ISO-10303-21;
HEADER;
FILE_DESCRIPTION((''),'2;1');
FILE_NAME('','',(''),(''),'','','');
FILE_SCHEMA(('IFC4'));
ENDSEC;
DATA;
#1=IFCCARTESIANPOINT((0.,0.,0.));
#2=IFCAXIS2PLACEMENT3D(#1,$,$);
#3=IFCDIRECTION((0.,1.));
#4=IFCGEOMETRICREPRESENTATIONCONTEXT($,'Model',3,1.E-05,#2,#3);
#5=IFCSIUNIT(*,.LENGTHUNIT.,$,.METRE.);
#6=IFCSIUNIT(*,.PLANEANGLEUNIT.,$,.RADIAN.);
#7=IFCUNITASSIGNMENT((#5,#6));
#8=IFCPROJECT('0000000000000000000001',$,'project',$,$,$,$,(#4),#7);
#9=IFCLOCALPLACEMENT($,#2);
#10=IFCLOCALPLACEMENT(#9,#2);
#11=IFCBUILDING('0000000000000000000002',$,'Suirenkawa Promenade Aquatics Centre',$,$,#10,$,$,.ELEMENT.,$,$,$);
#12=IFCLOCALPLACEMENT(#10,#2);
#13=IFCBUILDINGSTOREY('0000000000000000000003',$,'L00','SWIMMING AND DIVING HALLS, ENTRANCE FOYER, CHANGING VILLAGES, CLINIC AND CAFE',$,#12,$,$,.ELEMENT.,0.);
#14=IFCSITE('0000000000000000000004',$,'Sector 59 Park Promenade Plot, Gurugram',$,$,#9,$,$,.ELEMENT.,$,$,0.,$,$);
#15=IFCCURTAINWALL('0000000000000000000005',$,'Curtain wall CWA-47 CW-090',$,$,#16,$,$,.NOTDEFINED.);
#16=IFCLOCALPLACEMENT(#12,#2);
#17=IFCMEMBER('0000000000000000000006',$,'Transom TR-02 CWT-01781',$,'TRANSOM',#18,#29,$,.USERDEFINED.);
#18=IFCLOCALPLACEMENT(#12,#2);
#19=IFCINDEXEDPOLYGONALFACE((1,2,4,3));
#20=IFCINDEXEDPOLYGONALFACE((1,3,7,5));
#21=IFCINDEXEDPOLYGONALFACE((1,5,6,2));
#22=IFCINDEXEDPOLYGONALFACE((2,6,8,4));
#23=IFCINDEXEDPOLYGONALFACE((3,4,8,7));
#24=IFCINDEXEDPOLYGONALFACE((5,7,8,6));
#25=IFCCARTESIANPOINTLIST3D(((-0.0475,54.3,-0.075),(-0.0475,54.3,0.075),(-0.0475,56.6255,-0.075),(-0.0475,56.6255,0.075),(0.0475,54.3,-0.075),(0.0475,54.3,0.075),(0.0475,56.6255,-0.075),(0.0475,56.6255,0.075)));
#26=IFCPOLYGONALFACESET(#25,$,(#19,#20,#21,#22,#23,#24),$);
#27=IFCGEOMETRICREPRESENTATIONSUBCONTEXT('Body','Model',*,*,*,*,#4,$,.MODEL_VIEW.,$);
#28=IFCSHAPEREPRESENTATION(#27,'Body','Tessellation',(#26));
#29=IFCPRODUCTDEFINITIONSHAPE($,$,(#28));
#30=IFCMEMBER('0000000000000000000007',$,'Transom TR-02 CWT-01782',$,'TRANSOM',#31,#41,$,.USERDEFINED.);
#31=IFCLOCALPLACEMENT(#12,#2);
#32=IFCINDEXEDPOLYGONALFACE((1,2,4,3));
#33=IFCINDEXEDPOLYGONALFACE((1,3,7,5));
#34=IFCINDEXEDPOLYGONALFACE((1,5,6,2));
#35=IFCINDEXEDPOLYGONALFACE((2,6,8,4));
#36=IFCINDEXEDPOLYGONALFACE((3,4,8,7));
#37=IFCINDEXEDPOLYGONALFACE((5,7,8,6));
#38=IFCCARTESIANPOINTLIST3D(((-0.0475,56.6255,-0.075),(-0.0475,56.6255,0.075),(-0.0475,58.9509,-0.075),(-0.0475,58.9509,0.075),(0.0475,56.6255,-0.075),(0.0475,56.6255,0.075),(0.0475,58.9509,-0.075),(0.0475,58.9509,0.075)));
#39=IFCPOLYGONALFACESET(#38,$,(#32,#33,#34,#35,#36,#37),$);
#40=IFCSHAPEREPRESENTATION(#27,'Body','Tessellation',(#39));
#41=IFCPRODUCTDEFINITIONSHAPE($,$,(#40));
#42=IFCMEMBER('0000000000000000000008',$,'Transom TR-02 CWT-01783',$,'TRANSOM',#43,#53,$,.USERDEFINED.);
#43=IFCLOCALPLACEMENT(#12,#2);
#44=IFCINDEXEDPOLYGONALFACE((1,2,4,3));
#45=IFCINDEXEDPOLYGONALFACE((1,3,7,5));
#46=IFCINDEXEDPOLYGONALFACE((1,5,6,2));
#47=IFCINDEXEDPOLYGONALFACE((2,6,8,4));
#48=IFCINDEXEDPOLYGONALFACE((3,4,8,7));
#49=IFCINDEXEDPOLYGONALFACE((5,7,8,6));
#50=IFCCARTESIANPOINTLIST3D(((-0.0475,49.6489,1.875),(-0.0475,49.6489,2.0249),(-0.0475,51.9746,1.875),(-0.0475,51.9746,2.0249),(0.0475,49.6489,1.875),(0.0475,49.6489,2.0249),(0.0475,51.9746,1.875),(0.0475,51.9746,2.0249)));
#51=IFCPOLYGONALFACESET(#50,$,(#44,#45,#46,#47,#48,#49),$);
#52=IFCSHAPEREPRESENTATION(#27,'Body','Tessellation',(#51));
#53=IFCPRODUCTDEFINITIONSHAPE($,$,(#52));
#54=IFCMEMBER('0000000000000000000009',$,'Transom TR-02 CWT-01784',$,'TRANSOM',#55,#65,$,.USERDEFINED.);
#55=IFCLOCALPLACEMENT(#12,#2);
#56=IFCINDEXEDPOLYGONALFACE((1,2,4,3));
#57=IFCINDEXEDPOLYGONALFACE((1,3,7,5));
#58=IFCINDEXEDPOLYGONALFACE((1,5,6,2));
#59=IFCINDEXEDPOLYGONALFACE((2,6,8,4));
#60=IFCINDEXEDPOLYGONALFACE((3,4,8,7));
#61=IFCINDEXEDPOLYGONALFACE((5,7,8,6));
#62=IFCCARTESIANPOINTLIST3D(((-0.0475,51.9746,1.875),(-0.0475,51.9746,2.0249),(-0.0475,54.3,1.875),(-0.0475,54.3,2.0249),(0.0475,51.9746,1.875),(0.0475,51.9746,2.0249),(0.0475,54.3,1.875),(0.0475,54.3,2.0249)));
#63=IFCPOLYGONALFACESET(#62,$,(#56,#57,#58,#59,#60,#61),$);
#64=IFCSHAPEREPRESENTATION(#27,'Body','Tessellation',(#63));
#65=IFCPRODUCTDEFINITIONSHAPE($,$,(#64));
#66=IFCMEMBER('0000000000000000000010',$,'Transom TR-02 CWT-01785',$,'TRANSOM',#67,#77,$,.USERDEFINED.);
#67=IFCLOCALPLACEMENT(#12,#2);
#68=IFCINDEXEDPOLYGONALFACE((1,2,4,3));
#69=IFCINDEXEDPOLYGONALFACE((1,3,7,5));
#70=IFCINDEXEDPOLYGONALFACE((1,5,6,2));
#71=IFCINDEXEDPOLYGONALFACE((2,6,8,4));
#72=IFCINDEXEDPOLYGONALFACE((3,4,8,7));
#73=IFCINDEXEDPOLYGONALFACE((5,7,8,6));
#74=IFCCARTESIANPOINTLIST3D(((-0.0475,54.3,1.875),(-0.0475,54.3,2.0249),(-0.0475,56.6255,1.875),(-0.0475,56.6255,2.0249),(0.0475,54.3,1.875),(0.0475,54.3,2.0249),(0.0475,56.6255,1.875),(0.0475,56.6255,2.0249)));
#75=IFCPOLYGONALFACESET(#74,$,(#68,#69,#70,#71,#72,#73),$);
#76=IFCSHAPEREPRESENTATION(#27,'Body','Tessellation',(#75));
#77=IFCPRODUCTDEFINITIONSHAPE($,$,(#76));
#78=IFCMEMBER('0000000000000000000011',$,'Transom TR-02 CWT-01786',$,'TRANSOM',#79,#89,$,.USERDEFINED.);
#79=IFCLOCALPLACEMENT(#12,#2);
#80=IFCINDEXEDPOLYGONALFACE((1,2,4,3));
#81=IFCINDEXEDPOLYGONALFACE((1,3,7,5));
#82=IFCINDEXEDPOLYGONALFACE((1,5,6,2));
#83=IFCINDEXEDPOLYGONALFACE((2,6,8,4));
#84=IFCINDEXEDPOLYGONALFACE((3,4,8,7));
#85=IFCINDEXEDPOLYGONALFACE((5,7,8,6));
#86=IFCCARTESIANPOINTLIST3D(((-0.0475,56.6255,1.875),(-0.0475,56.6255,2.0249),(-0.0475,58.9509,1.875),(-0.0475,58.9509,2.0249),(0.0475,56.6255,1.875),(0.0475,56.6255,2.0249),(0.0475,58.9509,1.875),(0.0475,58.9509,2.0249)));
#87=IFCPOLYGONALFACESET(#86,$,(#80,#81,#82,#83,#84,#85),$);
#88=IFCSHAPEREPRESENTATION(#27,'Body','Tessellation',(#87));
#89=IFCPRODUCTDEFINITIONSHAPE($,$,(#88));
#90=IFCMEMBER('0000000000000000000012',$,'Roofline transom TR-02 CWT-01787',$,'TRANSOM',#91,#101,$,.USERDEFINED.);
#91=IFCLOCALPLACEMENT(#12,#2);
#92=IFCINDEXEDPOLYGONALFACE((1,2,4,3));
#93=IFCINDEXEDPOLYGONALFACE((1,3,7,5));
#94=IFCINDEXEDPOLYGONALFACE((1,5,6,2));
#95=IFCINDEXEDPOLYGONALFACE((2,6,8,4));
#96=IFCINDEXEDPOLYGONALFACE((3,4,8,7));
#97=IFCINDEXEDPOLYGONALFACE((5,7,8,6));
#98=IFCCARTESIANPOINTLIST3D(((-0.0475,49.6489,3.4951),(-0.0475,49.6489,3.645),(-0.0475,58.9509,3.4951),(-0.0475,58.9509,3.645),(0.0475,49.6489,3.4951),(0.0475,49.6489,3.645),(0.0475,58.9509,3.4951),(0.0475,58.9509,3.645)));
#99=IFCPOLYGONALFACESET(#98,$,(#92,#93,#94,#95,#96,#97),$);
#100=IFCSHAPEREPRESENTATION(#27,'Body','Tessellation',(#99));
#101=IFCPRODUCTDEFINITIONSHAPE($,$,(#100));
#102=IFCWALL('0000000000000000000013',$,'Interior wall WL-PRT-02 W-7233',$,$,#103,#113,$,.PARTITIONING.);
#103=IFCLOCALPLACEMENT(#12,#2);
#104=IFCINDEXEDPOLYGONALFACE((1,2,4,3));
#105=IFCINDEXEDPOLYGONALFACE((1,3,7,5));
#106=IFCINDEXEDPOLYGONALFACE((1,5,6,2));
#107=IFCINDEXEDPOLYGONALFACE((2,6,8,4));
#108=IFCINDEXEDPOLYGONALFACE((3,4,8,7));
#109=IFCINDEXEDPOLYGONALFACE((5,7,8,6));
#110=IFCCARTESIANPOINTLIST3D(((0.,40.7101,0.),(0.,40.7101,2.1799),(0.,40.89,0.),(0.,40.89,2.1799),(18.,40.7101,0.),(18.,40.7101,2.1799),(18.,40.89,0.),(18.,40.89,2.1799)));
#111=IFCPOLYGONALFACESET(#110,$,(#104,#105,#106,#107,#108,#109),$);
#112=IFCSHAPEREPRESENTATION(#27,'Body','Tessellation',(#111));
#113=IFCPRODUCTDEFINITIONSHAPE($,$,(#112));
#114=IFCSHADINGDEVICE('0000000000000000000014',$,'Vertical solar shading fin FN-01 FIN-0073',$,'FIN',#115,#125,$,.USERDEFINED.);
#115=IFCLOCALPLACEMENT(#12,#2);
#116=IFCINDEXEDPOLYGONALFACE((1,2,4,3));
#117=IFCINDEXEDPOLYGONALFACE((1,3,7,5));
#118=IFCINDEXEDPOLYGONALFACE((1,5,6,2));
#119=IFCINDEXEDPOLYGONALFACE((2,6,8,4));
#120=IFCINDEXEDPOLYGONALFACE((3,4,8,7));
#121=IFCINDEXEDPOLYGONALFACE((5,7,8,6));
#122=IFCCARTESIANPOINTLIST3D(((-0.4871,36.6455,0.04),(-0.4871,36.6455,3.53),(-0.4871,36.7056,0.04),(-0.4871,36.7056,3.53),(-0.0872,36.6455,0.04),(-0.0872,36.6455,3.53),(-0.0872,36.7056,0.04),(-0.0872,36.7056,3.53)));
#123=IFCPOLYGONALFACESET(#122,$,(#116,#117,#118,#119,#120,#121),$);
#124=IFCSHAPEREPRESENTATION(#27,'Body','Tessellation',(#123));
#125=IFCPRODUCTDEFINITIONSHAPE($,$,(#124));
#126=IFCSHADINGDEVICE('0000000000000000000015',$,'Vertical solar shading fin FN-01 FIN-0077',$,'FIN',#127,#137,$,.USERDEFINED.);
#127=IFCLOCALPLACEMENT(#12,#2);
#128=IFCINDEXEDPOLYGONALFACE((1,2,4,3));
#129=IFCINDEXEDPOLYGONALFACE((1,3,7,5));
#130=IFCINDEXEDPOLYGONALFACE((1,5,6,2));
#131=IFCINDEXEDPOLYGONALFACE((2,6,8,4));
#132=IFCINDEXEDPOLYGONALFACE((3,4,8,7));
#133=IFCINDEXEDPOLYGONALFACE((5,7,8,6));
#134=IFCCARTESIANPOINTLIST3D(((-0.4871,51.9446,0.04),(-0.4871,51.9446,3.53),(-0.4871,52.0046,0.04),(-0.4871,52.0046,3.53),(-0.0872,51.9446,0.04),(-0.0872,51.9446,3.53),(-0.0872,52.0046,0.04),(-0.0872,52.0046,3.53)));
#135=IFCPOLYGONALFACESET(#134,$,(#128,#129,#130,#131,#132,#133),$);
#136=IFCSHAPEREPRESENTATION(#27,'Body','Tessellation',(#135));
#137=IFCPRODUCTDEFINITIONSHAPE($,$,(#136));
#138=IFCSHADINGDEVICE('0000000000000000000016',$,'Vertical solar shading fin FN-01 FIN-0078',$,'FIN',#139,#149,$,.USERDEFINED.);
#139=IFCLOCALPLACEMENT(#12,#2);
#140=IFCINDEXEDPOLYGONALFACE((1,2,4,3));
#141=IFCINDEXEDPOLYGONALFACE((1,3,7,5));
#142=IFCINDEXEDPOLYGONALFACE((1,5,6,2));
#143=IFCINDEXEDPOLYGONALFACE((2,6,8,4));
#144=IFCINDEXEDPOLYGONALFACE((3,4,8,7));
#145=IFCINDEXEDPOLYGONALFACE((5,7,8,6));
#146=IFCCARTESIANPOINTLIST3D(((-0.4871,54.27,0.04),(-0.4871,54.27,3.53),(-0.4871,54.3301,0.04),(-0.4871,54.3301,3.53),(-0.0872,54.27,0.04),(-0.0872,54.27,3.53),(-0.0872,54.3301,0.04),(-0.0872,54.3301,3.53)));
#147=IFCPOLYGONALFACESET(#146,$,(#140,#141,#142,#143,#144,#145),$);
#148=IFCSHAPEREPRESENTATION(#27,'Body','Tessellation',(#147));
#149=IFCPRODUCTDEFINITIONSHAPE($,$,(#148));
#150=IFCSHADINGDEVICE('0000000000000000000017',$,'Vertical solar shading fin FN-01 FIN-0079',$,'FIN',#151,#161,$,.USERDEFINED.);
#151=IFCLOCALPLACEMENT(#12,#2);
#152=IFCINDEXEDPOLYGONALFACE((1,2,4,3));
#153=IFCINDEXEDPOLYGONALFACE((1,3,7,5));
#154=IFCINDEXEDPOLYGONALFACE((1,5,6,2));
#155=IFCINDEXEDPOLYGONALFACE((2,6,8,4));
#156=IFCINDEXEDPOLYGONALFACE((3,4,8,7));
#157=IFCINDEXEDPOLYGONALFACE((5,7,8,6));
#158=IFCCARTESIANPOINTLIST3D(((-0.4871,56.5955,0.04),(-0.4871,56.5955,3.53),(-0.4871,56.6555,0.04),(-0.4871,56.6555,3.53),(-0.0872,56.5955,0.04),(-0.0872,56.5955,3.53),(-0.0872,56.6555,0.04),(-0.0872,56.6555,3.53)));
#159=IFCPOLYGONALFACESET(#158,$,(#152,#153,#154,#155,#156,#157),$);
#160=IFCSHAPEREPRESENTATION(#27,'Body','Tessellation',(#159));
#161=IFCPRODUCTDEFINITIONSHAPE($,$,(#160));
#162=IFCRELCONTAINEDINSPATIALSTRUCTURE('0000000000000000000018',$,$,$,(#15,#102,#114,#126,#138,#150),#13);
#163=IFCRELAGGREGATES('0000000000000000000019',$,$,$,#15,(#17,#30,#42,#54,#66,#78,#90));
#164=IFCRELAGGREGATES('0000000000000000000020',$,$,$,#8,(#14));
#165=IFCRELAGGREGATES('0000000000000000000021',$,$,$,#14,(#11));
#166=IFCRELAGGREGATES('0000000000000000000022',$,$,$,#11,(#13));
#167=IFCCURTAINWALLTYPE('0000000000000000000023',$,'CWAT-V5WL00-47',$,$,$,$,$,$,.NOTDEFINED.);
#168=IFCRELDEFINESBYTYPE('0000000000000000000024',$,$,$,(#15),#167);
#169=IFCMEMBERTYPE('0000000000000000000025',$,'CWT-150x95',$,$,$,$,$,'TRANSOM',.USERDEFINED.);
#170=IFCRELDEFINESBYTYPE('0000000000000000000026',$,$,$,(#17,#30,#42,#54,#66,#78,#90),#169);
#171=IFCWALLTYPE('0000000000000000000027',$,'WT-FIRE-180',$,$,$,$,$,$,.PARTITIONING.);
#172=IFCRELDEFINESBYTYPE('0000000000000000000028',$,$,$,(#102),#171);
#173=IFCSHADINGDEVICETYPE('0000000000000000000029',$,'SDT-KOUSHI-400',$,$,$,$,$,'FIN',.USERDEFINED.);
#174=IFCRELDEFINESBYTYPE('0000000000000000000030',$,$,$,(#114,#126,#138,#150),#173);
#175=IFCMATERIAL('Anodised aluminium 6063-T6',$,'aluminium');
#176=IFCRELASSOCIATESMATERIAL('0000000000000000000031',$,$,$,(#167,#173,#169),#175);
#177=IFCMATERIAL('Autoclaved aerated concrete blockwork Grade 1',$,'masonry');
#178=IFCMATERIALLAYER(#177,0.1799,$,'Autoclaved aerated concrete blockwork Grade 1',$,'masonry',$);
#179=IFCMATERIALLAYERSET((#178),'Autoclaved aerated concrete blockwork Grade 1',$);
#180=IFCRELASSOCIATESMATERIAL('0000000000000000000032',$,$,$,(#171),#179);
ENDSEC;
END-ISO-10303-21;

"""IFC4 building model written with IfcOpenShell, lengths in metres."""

from ifc_helpers import new_model, si_unit, direction, frame, frame_2d, origin, origin_2d, place, context, subcontext, project, spatial, rectangle, extrude, material, layer, layer_set, material_profile, profile_set, type_object, element, aggregate, save


model = new_model("IFC4")

# Units and contexts
model_context = context("Model", 3, precision=1e-05, world=origin(), true_north=direction((0.0, 1.0)))
body_context = subcontext(model_context, "Body", "Model", "MODEL_VIEW")
ifc_project = project(units=[si_unit("LENGTHUNIT", "METRE"), si_unit("PLANEANGLEUNIT", "RADIAN")], contexts=[model_context])

# Site, building, storey
site_placement = place(None, origin())
site = spatial("IfcSite", under=ifc_project, at=site_placement, Name="Sector 59 Park Promenade Plot, Gurugram", CompositionType="ELEMENT", RefElevation=0.0)
building_placement = place(site_placement, origin())
building = spatial("IfcBuilding", under=site, at=building_placement, Name="Suirenkawa Promenade Aquatics Centre", CompositionType="ELEMENT")
storey_placement = place(building_placement, origin())
storey = spatial("IfcBuildingStorey", under=building, at=storey_placement, Name="L00", Description="SWIMMING AND DIVING HALLS, ENTRANCE FOYER, CHANGING VILLAGES, CLINIC AND CAFE", CompositionType="ELEMENT", Elevation=0.0)

# Curtain wall
ifc_material_1 = material(Name="Anodised aluminium 6063-T6", Category="aluminium")
curtain_wall_type_1 = type_object("IfcCurtainWallType", Name="CWAT-V5WL00-47", PredefinedType="NOTDEFINED", material=ifc_material_1)
curtain_wall_1_placement = place(storey_placement, origin())
curtain_wall_1 = element("IfcCurtainWall", 1, at=curtain_wall_1_placement, inside=storey, type_object=curtain_wall_type_1, Name="Curtain wall CWA-47 CW-090", PredefinedType="NOTDEFINED")

# Members
ifc_material_profile_1 = material_profile(ifc_material_1, rectangle(XDim=0.095, YDim=0.1499, at=origin_2d()), Name="ALU TRAN 95x150", Category="aluminium")
ifc_profile_set_1 = profile_set([ifc_material_profile_1], Name="Anodised aluminium 6063-T6")
member_type_1 = type_object("IfcMemberType", Name="CWT-150x95", ElementType="TRANSOM", PredefinedType="USERDEFINED", material=ifc_profile_set_1)
member_1_placement = place(storey_placement, frame((0.0, 54.3, 0.0), z_axis=(0.0, 1.0, 0.0), x_axis=(-1.0, 0.0, 0.0)))
member_1 = element("IfcMember", 2, at=member_1_placement, type_object=member_type_1, Name="Transom TR-02 CWT-01781", ObjectType="TRANSOM", PredefinedType="USERDEFINED", context=body_context, shape_type="SweptSolid", body=[
    extrude(rectangle(XDim=0.095, YDim=0.1499, at=origin_2d()), origin(), (0.0, 0.0, 1.0), 2.3254),
])
member_2_placement = place(storey_placement, frame((0.0, 56.6255, 0.0), z_axis=(0.0, 1.0, 0.0), x_axis=(-1.0, 0.0, 0.0)))
member_2 = element("IfcMember", 3, at=member_2_placement, type_object=member_type_1, Name="Transom TR-02 CWT-01782", ObjectType="TRANSOM", PredefinedType="USERDEFINED", context=body_context, shape_type="SweptSolid", body=[
    extrude(rectangle(XDim=0.095, YDim=0.1499, at=origin_2d()), origin(), (0.0, 0.0, 1.0), 2.3254),
])
member_3_placement = place(storey_placement, frame((0.0, 49.6489, 1.95), z_axis=(0.0, 1.0, 0.0), x_axis=(-1.0, 0.0, 0.0)))
member_3 = element("IfcMember", 4, at=member_3_placement, type_object=member_type_1, Name="Transom TR-02 CWT-01783", ObjectType="TRANSOM", PredefinedType="USERDEFINED", context=body_context, shape_type="SweptSolid", body=[
    extrude(rectangle(XDim=0.095, YDim=0.1499, at=origin_2d()), origin(), (0.0, 0.0, 1.0), 2.3257),
])
member_4_placement = place(storey_placement, frame((0.0, 51.9746, 1.95), z_axis=(0.0, 1.0, 0.0), x_axis=(-1.0, 0.0, 0.0)))
member_4 = element("IfcMember", 5, at=member_4_placement, type_object=member_type_1, Name="Transom TR-02 CWT-01784", ObjectType="TRANSOM", PredefinedType="USERDEFINED", context=body_context, shape_type="SweptSolid", body=[
    extrude(rectangle(XDim=0.095, YDim=0.1499, at=origin_2d()), origin(), (0.0, 0.0, 1.0), 2.3254),
])
member_5_placement = place(storey_placement, frame((0.0, 54.3, 1.95), z_axis=(0.0, 1.0, 0.0), x_axis=(-1.0, 0.0, 0.0)))
member_5 = element("IfcMember", 6, at=member_5_placement, type_object=member_type_1, Name="Transom TR-02 CWT-01785", ObjectType="TRANSOM", PredefinedType="USERDEFINED", context=body_context, shape_type="SweptSolid", body=[
    extrude(rectangle(XDim=0.095, YDim=0.1499, at=origin_2d()), origin(), (0.0, 0.0, 1.0), 2.3254),
])
member_6_placement = place(storey_placement, frame((0.0, 56.6255, 1.95), z_axis=(0.0, 1.0, 0.0), x_axis=(-1.0, 0.0, 0.0)))
member_6 = element("IfcMember", 7, at=member_6_placement, type_object=member_type_1, Name="Transom TR-02 CWT-01786", ObjectType="TRANSOM", PredefinedType="USERDEFINED", context=body_context, shape_type="SweptSolid", body=[
    extrude(rectangle(XDim=0.095, YDim=0.1499, at=origin_2d()), origin(), (0.0, 0.0, 1.0), 2.3254),
])
member_7_placement = place(storey_placement, frame((0.0, 49.6489, 3.5701), z_axis=(0.0, 1.0, 0.0), x_axis=(-1.0, 0.0, 0.0)))
member_7 = element("IfcMember", 8, at=member_7_placement, type_object=member_type_1, Name="Roofline transom TR-02 CWT-01787", ObjectType="TRANSOM", PredefinedType="USERDEFINED", context=body_context, shape_type="SweptSolid", body=[
    extrude(rectangle(XDim=0.095, YDim=0.1499, at=origin_2d()), origin(), (0.0, 0.0, 1.0), 9.302),
])

aggregate(curtain_wall_1, [member_1, member_2, member_3, member_4, member_5, member_6, member_7])

# Wall
ifc_material_2 = material(Name="Autoclaved aerated concrete blockwork Grade 1", Category="masonry")
ifc_layer_1 = layer(ifc_material_2, 0.1799, Name="Autoclaved aerated concrete blockwork Grade 1", Category="masonry")
ifc_layer_set_1 = layer_set([ifc_layer_1], Name="Autoclaved aerated concrete blockwork Grade 1")
wall_type_1 = type_object("IfcWallType", Name="WT-FIRE-180", PredefinedType="PARTITIONING", material=ifc_layer_set_1)
wall_1_placement = place(storey_placement, frame((0.0, 40.8, 0.0), z_axis=(0.0, 0.0, 1.0), x_axis=(1.0, 0.0, 0.0)))
element("IfcWall", 9, at=wall_1_placement, inside=storey, type_object=wall_type_1, Name="Interior wall WL-PRT-02 W-7233", PredefinedType="PARTITIONING", context=body_context, shape_type="SweptSolid", body=[
    extrude(rectangle(XDim=18.0, YDim=0.1799, at=frame_2d((9.0, 0.0))), origin(), (0.0, 0.0, 1.0), 2.1799),
])

# Shading devices
shading_device_type = type_object("IfcShadingDeviceType", Name="SDT-KOUSHI-400", ElementType="FIN", PredefinedType="USERDEFINED", material=ifc_material_1)
for number, where, z_axis, x_axis, name in (
    (10, (-0.2871, 36.6755, 0.04), (0.0, 0.0, 1.0), (-1.0, 0.0, 0.0), "Vertical solar shading fin FN-01 FIN-0073"),
    (11, (-0.2871, 51.9746, 0.04), (0.0, 0.0, 1.0), (-1.0, 0.0, 0.0), "Vertical solar shading fin FN-01 FIN-0077"),
    (12, (-0.2871, 54.3, 0.04), (0.0, 0.0, 1.0), (-1.0, 0.0, 0.0), "Vertical solar shading fin FN-01 FIN-0078"),
    (13, (-0.2871, 56.6255, 0.04), (0.0, 0.0, 1.0), (-1.0, 0.0, 0.0), "Vertical solar shading fin FN-01 FIN-0079"),
):
    element("IfcShadingDevice", number, at=place(storey_placement, frame(where, z_axis=z_axis, x_axis=x_axis)), inside=storey, type_object=shading_device_type, Name=name, ObjectType="FIN", PredefinedType="USERDEFINED", context=body_context, shape_type="SweptSolid", body=[
        extrude(rectangle(XDim=0.3999, YDim=0.0601, at=origin_2d()), origin(), (0.0, 0.0, 1.0), 3.49),
    ])

save(model, "model.ifc")
